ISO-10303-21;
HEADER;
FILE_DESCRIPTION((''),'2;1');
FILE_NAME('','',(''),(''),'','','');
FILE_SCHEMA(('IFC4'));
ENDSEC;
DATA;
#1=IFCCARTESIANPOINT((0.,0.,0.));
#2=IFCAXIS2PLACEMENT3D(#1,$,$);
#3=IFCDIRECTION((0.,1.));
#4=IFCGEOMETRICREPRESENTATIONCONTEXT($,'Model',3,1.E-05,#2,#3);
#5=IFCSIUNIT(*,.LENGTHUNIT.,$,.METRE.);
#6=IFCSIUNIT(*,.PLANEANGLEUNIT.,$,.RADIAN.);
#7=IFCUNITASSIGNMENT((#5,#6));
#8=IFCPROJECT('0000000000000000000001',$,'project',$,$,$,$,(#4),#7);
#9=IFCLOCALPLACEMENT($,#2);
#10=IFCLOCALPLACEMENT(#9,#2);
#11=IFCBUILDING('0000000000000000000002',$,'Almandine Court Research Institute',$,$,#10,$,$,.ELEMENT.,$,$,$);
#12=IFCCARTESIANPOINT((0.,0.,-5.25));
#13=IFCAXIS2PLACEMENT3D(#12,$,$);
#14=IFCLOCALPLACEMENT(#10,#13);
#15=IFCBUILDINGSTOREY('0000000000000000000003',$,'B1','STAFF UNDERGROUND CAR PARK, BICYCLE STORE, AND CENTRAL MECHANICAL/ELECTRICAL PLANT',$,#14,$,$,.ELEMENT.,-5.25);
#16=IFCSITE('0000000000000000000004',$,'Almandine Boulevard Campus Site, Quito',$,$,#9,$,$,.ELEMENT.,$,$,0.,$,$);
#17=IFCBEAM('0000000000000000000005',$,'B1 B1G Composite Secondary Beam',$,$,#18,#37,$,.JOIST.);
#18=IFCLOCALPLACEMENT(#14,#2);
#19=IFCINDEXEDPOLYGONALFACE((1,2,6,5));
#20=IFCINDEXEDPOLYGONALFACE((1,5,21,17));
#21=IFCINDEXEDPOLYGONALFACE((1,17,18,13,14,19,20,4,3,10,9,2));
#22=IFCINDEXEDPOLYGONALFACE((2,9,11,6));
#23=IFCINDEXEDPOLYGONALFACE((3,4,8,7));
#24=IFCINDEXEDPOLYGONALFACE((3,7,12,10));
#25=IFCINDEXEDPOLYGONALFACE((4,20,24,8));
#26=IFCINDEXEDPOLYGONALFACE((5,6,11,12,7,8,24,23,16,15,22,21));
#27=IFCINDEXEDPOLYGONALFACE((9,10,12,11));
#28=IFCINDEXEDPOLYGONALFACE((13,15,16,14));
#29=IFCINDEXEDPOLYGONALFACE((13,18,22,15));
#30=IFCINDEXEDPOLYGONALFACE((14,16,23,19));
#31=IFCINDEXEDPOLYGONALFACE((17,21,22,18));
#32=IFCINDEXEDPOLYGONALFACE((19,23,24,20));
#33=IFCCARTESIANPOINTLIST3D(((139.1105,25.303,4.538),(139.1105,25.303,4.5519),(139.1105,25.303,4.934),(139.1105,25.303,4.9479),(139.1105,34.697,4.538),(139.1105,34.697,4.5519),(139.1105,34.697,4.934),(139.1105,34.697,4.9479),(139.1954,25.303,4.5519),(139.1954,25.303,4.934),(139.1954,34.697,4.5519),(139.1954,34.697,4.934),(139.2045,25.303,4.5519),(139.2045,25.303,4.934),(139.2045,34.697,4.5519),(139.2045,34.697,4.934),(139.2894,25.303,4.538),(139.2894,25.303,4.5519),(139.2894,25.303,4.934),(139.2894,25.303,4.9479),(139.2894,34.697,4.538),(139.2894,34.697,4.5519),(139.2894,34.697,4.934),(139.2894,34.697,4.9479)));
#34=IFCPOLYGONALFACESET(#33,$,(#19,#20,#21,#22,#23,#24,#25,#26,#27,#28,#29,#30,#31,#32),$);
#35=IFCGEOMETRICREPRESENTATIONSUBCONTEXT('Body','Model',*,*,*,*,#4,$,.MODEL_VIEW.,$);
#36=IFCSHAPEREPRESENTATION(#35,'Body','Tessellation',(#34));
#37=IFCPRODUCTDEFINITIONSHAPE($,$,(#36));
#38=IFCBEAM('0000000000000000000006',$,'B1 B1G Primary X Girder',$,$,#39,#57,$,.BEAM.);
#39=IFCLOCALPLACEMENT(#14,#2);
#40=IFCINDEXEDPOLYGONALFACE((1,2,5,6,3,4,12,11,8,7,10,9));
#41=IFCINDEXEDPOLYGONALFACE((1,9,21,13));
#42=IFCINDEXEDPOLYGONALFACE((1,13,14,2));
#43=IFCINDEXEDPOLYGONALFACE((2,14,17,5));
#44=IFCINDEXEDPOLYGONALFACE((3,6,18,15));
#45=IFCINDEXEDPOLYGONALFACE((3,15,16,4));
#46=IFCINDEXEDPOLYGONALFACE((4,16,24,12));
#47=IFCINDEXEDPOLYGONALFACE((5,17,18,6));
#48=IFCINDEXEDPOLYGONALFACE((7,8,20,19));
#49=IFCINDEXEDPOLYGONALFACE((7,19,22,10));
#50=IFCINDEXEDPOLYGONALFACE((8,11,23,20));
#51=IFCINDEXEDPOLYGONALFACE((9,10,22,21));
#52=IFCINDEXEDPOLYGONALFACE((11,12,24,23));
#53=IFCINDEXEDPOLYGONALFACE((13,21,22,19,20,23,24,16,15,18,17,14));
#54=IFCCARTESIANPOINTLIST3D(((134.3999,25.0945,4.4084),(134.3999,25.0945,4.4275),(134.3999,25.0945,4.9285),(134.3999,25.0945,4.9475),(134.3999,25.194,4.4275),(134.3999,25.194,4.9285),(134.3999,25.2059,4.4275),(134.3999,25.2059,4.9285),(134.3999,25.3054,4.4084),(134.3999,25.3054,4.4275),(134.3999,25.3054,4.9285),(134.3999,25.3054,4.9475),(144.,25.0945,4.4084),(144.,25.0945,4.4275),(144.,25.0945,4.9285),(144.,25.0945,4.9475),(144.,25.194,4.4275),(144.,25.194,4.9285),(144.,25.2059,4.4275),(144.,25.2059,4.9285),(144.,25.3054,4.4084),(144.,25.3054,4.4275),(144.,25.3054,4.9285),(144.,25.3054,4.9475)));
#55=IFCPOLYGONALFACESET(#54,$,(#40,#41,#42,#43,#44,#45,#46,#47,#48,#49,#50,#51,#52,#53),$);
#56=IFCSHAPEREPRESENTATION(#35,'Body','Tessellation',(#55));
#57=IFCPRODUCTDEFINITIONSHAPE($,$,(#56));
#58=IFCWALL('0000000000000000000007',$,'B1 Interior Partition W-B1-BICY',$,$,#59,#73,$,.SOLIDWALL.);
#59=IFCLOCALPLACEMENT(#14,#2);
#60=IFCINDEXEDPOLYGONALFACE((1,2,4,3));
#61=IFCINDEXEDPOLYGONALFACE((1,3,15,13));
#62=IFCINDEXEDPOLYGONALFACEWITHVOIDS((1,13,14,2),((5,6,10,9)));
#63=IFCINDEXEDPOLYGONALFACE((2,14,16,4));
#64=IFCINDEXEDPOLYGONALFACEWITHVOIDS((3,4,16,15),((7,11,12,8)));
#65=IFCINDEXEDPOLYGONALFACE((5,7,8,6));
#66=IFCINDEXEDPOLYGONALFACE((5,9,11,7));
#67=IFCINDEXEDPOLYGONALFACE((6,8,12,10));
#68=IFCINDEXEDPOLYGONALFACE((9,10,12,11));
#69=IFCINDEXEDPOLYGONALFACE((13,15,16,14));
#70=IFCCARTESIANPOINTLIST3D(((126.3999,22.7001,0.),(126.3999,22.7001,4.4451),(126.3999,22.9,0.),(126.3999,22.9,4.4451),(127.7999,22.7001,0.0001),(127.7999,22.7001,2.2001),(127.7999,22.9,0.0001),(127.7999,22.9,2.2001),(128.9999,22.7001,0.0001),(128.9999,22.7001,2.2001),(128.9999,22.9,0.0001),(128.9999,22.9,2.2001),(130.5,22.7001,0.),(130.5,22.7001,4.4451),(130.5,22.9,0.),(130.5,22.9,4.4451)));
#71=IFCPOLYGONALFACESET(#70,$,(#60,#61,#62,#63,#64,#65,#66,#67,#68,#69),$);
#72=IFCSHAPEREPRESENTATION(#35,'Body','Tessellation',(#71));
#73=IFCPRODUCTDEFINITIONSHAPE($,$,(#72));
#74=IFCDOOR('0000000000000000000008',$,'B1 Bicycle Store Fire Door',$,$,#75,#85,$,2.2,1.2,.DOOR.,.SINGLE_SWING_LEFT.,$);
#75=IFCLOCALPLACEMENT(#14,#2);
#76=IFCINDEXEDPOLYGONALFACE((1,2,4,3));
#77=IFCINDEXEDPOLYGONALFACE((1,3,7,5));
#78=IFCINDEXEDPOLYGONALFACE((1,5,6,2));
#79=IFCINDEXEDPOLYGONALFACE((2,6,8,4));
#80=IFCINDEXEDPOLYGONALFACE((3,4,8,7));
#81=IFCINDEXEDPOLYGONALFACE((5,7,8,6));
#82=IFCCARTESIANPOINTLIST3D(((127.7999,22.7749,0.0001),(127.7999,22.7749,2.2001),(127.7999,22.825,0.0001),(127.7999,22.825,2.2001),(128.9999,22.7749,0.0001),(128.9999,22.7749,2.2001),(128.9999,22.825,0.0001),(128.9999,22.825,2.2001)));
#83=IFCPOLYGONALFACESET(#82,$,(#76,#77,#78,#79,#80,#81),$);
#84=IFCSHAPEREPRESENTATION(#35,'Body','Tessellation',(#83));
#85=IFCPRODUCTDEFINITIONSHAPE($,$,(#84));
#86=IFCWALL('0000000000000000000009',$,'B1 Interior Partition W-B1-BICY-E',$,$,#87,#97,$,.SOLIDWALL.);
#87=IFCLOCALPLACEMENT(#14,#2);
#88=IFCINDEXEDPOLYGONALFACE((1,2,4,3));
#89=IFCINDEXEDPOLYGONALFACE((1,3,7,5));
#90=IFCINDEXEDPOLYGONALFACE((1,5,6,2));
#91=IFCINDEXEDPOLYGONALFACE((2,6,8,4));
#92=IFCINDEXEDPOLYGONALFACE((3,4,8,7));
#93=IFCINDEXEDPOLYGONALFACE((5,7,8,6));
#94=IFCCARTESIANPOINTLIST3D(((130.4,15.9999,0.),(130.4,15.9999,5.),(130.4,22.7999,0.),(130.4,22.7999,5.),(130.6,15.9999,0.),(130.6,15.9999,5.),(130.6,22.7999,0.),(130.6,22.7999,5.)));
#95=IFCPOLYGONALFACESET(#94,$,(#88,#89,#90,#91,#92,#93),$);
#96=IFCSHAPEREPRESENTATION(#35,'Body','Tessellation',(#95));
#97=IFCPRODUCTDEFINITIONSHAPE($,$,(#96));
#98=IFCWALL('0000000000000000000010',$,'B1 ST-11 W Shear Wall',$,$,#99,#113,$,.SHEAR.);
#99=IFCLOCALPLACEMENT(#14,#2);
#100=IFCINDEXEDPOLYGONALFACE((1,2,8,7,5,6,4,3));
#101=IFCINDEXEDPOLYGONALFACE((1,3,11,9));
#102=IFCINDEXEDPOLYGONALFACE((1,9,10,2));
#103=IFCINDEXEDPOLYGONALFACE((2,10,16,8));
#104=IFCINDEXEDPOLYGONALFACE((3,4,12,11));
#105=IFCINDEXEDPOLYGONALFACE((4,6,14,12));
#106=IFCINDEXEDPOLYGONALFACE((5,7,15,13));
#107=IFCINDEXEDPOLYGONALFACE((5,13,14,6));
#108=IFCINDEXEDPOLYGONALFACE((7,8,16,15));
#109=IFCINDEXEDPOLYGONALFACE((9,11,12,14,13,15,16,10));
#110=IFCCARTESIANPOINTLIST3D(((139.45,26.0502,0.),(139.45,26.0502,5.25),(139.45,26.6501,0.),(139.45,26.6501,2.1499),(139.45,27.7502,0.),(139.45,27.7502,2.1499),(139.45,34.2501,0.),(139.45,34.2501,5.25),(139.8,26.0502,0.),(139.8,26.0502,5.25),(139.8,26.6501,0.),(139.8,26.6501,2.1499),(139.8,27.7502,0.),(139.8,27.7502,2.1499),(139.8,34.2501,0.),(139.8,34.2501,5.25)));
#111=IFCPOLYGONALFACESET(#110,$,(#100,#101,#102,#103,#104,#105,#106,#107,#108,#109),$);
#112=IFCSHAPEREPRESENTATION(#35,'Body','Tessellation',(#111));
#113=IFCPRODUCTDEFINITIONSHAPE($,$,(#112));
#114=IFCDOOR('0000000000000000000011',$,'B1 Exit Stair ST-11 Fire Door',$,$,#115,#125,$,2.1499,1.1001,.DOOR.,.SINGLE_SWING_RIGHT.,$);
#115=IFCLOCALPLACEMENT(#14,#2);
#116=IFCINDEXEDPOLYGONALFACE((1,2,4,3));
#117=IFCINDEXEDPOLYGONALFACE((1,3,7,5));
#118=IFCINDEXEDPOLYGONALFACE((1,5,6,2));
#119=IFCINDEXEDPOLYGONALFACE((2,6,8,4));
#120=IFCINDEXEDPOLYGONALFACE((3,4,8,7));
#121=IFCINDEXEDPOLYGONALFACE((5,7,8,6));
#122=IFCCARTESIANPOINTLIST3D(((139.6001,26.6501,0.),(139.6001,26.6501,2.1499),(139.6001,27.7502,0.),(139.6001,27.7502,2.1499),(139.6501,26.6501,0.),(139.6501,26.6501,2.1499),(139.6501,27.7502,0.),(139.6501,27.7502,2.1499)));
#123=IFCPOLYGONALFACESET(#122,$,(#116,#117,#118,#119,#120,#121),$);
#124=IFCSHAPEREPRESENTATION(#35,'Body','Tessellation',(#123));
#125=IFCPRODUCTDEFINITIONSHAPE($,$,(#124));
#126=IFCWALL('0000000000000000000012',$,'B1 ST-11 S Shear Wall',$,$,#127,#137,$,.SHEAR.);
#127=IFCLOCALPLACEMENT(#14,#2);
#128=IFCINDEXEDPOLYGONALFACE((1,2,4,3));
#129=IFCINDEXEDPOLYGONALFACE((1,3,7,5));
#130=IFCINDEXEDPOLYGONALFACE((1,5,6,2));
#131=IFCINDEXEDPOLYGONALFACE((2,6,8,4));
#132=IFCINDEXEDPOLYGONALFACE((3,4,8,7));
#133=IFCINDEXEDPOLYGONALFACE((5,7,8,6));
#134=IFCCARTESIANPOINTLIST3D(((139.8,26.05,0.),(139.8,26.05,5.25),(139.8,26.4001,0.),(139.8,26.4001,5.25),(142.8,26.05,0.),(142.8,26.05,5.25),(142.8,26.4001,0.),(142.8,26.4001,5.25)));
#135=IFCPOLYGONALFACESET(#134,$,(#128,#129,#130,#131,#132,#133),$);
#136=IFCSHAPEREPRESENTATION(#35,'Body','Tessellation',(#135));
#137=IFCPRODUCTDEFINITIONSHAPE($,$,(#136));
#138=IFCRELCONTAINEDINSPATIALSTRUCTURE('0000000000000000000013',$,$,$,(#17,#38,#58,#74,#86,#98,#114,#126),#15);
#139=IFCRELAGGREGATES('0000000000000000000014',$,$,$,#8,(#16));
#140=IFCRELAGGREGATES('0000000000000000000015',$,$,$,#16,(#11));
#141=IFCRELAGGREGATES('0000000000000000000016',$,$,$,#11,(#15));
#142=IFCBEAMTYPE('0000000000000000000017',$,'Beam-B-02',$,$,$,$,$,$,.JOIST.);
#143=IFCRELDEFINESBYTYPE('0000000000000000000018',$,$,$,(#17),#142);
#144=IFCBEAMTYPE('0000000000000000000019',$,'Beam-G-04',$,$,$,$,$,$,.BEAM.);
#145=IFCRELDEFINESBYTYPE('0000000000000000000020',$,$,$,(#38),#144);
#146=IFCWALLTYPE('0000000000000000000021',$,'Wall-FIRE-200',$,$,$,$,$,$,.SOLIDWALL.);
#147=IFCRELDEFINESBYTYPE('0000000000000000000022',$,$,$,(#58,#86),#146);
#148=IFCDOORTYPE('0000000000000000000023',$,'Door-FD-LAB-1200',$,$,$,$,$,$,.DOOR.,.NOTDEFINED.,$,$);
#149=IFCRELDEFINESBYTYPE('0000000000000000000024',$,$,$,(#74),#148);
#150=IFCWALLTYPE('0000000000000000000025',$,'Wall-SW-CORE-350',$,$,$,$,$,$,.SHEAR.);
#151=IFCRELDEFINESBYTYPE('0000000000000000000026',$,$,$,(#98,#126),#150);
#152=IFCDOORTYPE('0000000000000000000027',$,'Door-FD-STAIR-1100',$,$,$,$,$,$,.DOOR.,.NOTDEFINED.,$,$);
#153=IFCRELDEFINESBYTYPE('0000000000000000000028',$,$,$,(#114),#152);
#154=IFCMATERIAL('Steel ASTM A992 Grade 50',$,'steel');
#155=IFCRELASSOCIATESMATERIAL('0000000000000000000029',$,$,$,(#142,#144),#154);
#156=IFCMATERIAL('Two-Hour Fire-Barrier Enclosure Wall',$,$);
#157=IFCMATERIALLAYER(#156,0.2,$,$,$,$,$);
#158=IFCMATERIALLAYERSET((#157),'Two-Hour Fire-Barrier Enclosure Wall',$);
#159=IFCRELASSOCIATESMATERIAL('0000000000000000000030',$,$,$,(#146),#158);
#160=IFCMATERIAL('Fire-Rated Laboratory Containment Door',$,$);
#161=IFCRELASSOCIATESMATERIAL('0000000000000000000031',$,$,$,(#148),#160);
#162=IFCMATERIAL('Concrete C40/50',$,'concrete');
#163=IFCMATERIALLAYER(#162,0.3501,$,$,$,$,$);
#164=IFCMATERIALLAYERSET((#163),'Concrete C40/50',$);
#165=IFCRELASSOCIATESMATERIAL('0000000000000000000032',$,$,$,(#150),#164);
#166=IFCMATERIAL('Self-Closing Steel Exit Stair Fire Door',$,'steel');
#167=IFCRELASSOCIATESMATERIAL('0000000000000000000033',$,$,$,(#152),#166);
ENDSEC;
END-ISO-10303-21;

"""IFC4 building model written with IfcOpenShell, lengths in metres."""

from ifc_helpers import new_model, si_unit, direction, frame, frame_2d, origin, origin_2d, place, context, subcontext, project, spatial, rectangle, i_section, extrude, material, layer, layer_set, material_profile, profile_set, type_object, element, fill, save


model = new_model("IFC4")

# Units and contexts
model_context = context("Model", 3, precision=1e-05, world=origin(), true_north=direction((0.0, 1.0)))
body_context = subcontext(model_context, "Body", "Model", "MODEL_VIEW")
ifc_project = project(units=[si_unit("LENGTHUNIT", "METRE"), si_unit("PLANEANGLEUNIT", "RADIAN")], contexts=[model_context])

# Site, building, storey
site_placement = place(None, origin())
site = spatial("IfcSite", under=ifc_project, at=site_placement, Name="Almandine Boulevard Campus Site, Quito", CompositionType="ELEMENT", RefElevation=0.0)
building_placement = place(site_placement, origin())
building = spatial("IfcBuilding", under=site, at=building_placement, Name="Almandine Court Research Institute", CompositionType="ELEMENT")
storey_placement = place(building_placement, frame((0.0, 0.0, -5.25)))
storey = spatial("IfcBuildingStorey", under=building, at=storey_placement, Name="B1", Description="STAFF UNDERGROUND CAR PARK, BICYCLE STORE, AND CENTRAL MECHANICAL/ELECTRICAL PLANT", CompositionType="ELEMENT", Elevation=-5.25)

# Shared definitions
ifc_material_1 = material(Name="Concrete C40/50", Category="concrete")

# Beams
ifc_material_2 = material(Name="Steel ASTM A992 Grade 50", Category="steel")
ifc_material_profile_1 = material_profile(ifc_material_2, i_section(OverallWidth=0.179, OverallDepth=0.4099, WebThickness=0.009, FlangeThickness=0.0139, at=origin_2d()), Name="W410x67")
ifc_profile_set_1 = profile_set([ifc_material_profile_1], Name="Steel ASTM A992 Grade 50")
beam_type_1 = type_object("IfcBeamType", Name="Beam-B-02", PredefinedType="JOIST", material=ifc_profile_set_1)
beam_1_placement = place(storey_placement, frame((139.2, 25.303, 4.7429), z_axis=(0.0, 1.0, 0.0), x_axis=(-1.0, 0.0, 0.0)))
element("IfcBeam", 1, at=beam_1_placement, inside=storey, type_object=beam_type_1, Name="B1 B1G Composite Secondary Beam", PredefinedType="JOIST", context=body_context, shape_type="SweptSolid", body=[
    extrude(i_section(OverallWidth=0.179, OverallDepth=0.4099, WebThickness=0.009, FlangeThickness=0.0139, at=origin_2d()), origin(), (0.0, 0.0, 1.0), 9.394),
])
ifc_material_profile_2 = material_profile(ifc_material_2, i_section(OverallWidth=0.2109, OverallDepth=0.5391, WebThickness=0.012, FlangeThickness=0.019, at=origin_2d()), Name="W530x109")
ifc_profile_set_2 = profile_set([ifc_material_profile_2], Name="Steel ASTM A992 Grade 50")
beam_type_2 = type_object("IfcBeamType", Name="Beam-G-04", PredefinedType="BEAM", material=ifc_profile_set_2)
beam_2_placement = place(storey_placement, frame((134.3999, 25.2, 4.678), z_axis=(1.0, 0.0, 0.0), x_axis=(0.0, 1.0, 0.0)))
element("IfcBeam", 2, at=beam_2_placement, inside=storey, type_object=beam_type_2, Name="B1 B1G Primary X Girder", PredefinedType="BEAM", context=body_context, shape_type="SweptSolid", body=[
    extrude(i_section(OverallWidth=0.2109, OverallDepth=0.5391, WebThickness=0.012, FlangeThickness=0.019, at=origin_2d()), origin(), (0.0, 0.0, 1.0), 9.6001),
])

# Wall, opening, door
ifc_material_3 = material(Name="Two-Hour Fire-Barrier Enclosure Wall")
ifc_layer_1 = layer(ifc_material_3, 0.2)
ifc_layer_set_1 = layer_set([ifc_layer_1], Name="Two-Hour Fire-Barrier Enclosure Wall")
wall_type_1 = type_object("IfcWallType", Name="Wall-FIRE-200", PredefinedType="SOLIDWALL", material=ifc_layer_set_1)
wall_1_placement = place(storey_placement, frame((126.3999, 22.8, 0.0), z_axis=(0.0, 0.0, 1.0), x_axis=(1.0, 0.0, 0.0)))
wall_1 = element("IfcWall", 3, at=wall_1_placement, inside=storey, type_object=wall_type_1, Name="B1 Interior Partition W-B1-BICY", PredefinedType="SOLIDWALL", context=body_context, shape_type="SweptSolid", body=[
    extrude(rectangle(XDim=4.1001, YDim=0.2, at=frame_2d((2.05, 0.0))), origin(), (0.0, 0.0, 1.0), 4.4451),
])
opening_1_placement = place(wall_1_placement, frame((1.3999, 0.0, 0.0)))
opening_1 = element("IfcOpeningElement", 4, at=opening_1_placement, cuts=wall_1, PredefinedType="OPENING", context=body_context, shape_type="SweptSolid", body=[
    extrude(rectangle(XDim=1.2, YDim=2.2, at=frame_2d((0.6001, 1.1001))), frame((0.0, 0.1099, 0.0), z_axis=(0.0, -1.0, 0.0), x_axis=(1.0, 0.0, 0.0)), (0.0, 0.0, 1.0), 0.22),
])
ifc_material_4 = material(Name="Fire-Rated Laboratory Containment Door")
door_type_1 = type_object("IfcDoorType", Name="Door-FD-LAB-1200", OperationType="NOTDEFINED", PredefinedType="DOOR", material=ifc_material_4)
door_1_placement = place(opening_1_placement, origin())
door_1 = element("IfcDoor", 5, at=door_1_placement, inside=storey, type_object=door_type_1, Name="B1 Bicycle Store Fire Door", OperationType="SINGLE_SWING_LEFT", OverallHeight=2.2, OverallWidth=1.2, PredefinedType="DOOR", context=body_context, shape_type="SweptSolid", body=[
    extrude(rectangle(XDim=1.2, YDim=2.2, at=frame_2d((0.6001, 1.1001))), frame((0.0, 0.0249, 0.0), z_axis=(0.0, -1.0, 0.0), x_axis=(1.0, 0.0, 0.0)), (0.0, 0.0, 1.0), 0.05),
])
fill(opening_1, door_1)

# Wall
wall_2_placement = place(storey_placement, frame((130.5, 16.0, 0.0), z_axis=(0.0, 0.0, 1.0), x_axis=(0.0, 1.0, 0.0)))
element("IfcWall", 6, at=wall_2_placement, inside=storey, type_object=wall_type_1, Name="B1 Interior Partition W-B1-BICY-E", PredefinedType="SOLIDWALL", context=body_context, shape_type="SweptSolid", body=[
    extrude(rectangle(XDim=6.8, YDim=0.2, at=frame_2d((3.3999, 0.0))), origin(), (0.0, 0.0, 1.0), 5.0),
])

# Wall, opening, door
ifc_layer_2 = layer(ifc_material_1, 0.3501)
ifc_layer_set_2 = layer_set([ifc_layer_2], Name="Concrete C40/50")
wall_type_2 = type_object("IfcWallType", Name="Wall-SW-CORE-350", PredefinedType="SHEAR", material=ifc_layer_set_2)
wall_3_placement = place(storey_placement, frame((139.625, 26.05, 0.0), z_axis=(0.0, 0.0, 1.0), x_axis=(0.0, 1.0, 0.0)))
wall_3 = element("IfcWall", 7, at=wall_3_placement, inside=storey, type_object=wall_type_2, Name="B1 ST-11 W Shear Wall", PredefinedType="SHEAR", context=body_context, shape_type="SweptSolid", body=[
    extrude(rectangle(XDim=8.2, YDim=0.3501, at=frame_2d((4.1001, 0.0))), origin(), (0.0, 0.0, 1.0), 5.25),
])
opening_2_placement = place(wall_3_placement, frame((0.6001, 0.0, 0.0)))
opening_2 = element("IfcOpeningElement", 8, at=opening_2_placement, cuts=wall_3, PredefinedType="OPENING", context=body_context, shape_type="SweptSolid", body=[
    extrude(rectangle(XDim=1.1001, YDim=2.1499, at=frame_2d((0.55, 1.075))), frame((0.0, 0.1851, 0.0), z_axis=(0.0, -1.0, 0.0), x_axis=(1.0, 0.0, 0.0)), (0.0, 0.0, 1.0), 0.3701),
])
ifc_material_5 = material(Name="Self-Closing Steel Exit Stair Fire Door", Category="steel")
door_type_2 = type_object("IfcDoorType", Name="Door-FD-STAIR-1100", OperationType="NOTDEFINED", PredefinedType="DOOR", material=ifc_material_5)
door_2_placement = place(opening_2_placement, origin())
door_2 = element("IfcDoor", 9, at=door_2_placement, inside=storey, type_object=door_type_2, Name="B1 Exit Stair ST-11 Fire Door", OperationType="SINGLE_SWING_RIGHT", OverallHeight=2.1499, OverallWidth=1.1001, PredefinedType="DOOR", context=body_context, shape_type="SweptSolid", body=[
    extrude(rectangle(XDim=1.1001, YDim=2.1499, at=frame_2d((0.55, 1.075))), frame((0.0, 0.0249, 0.0), z_axis=(0.0, -1.0, 0.0), x_axis=(1.0, 0.0, 0.0)), (0.0, 0.0, 1.0), 0.05),
])
fill(opening_2, door_2)

# Wall
wall_4_placement = place(storey_placement, frame((142.8, 26.2251, 0.0), z_axis=(0.0, 0.0, 1.0), x_axis=(-1.0, 0.0, 0.0)))
element("IfcWall", 10, at=wall_4_placement, inside=storey, type_object=wall_type_2, Name="B1 ST-11 S Shear Wall", PredefinedType="SHEAR", context=body_context, shape_type="SweptSolid", body=[
    extrude(rectangle(XDim=3.0, YDim=0.3501, at=frame_2d((1.5, 0.0))), origin(), (0.0, 0.0, 1.0), 5.25),
])

save(model, "model.ifc")
